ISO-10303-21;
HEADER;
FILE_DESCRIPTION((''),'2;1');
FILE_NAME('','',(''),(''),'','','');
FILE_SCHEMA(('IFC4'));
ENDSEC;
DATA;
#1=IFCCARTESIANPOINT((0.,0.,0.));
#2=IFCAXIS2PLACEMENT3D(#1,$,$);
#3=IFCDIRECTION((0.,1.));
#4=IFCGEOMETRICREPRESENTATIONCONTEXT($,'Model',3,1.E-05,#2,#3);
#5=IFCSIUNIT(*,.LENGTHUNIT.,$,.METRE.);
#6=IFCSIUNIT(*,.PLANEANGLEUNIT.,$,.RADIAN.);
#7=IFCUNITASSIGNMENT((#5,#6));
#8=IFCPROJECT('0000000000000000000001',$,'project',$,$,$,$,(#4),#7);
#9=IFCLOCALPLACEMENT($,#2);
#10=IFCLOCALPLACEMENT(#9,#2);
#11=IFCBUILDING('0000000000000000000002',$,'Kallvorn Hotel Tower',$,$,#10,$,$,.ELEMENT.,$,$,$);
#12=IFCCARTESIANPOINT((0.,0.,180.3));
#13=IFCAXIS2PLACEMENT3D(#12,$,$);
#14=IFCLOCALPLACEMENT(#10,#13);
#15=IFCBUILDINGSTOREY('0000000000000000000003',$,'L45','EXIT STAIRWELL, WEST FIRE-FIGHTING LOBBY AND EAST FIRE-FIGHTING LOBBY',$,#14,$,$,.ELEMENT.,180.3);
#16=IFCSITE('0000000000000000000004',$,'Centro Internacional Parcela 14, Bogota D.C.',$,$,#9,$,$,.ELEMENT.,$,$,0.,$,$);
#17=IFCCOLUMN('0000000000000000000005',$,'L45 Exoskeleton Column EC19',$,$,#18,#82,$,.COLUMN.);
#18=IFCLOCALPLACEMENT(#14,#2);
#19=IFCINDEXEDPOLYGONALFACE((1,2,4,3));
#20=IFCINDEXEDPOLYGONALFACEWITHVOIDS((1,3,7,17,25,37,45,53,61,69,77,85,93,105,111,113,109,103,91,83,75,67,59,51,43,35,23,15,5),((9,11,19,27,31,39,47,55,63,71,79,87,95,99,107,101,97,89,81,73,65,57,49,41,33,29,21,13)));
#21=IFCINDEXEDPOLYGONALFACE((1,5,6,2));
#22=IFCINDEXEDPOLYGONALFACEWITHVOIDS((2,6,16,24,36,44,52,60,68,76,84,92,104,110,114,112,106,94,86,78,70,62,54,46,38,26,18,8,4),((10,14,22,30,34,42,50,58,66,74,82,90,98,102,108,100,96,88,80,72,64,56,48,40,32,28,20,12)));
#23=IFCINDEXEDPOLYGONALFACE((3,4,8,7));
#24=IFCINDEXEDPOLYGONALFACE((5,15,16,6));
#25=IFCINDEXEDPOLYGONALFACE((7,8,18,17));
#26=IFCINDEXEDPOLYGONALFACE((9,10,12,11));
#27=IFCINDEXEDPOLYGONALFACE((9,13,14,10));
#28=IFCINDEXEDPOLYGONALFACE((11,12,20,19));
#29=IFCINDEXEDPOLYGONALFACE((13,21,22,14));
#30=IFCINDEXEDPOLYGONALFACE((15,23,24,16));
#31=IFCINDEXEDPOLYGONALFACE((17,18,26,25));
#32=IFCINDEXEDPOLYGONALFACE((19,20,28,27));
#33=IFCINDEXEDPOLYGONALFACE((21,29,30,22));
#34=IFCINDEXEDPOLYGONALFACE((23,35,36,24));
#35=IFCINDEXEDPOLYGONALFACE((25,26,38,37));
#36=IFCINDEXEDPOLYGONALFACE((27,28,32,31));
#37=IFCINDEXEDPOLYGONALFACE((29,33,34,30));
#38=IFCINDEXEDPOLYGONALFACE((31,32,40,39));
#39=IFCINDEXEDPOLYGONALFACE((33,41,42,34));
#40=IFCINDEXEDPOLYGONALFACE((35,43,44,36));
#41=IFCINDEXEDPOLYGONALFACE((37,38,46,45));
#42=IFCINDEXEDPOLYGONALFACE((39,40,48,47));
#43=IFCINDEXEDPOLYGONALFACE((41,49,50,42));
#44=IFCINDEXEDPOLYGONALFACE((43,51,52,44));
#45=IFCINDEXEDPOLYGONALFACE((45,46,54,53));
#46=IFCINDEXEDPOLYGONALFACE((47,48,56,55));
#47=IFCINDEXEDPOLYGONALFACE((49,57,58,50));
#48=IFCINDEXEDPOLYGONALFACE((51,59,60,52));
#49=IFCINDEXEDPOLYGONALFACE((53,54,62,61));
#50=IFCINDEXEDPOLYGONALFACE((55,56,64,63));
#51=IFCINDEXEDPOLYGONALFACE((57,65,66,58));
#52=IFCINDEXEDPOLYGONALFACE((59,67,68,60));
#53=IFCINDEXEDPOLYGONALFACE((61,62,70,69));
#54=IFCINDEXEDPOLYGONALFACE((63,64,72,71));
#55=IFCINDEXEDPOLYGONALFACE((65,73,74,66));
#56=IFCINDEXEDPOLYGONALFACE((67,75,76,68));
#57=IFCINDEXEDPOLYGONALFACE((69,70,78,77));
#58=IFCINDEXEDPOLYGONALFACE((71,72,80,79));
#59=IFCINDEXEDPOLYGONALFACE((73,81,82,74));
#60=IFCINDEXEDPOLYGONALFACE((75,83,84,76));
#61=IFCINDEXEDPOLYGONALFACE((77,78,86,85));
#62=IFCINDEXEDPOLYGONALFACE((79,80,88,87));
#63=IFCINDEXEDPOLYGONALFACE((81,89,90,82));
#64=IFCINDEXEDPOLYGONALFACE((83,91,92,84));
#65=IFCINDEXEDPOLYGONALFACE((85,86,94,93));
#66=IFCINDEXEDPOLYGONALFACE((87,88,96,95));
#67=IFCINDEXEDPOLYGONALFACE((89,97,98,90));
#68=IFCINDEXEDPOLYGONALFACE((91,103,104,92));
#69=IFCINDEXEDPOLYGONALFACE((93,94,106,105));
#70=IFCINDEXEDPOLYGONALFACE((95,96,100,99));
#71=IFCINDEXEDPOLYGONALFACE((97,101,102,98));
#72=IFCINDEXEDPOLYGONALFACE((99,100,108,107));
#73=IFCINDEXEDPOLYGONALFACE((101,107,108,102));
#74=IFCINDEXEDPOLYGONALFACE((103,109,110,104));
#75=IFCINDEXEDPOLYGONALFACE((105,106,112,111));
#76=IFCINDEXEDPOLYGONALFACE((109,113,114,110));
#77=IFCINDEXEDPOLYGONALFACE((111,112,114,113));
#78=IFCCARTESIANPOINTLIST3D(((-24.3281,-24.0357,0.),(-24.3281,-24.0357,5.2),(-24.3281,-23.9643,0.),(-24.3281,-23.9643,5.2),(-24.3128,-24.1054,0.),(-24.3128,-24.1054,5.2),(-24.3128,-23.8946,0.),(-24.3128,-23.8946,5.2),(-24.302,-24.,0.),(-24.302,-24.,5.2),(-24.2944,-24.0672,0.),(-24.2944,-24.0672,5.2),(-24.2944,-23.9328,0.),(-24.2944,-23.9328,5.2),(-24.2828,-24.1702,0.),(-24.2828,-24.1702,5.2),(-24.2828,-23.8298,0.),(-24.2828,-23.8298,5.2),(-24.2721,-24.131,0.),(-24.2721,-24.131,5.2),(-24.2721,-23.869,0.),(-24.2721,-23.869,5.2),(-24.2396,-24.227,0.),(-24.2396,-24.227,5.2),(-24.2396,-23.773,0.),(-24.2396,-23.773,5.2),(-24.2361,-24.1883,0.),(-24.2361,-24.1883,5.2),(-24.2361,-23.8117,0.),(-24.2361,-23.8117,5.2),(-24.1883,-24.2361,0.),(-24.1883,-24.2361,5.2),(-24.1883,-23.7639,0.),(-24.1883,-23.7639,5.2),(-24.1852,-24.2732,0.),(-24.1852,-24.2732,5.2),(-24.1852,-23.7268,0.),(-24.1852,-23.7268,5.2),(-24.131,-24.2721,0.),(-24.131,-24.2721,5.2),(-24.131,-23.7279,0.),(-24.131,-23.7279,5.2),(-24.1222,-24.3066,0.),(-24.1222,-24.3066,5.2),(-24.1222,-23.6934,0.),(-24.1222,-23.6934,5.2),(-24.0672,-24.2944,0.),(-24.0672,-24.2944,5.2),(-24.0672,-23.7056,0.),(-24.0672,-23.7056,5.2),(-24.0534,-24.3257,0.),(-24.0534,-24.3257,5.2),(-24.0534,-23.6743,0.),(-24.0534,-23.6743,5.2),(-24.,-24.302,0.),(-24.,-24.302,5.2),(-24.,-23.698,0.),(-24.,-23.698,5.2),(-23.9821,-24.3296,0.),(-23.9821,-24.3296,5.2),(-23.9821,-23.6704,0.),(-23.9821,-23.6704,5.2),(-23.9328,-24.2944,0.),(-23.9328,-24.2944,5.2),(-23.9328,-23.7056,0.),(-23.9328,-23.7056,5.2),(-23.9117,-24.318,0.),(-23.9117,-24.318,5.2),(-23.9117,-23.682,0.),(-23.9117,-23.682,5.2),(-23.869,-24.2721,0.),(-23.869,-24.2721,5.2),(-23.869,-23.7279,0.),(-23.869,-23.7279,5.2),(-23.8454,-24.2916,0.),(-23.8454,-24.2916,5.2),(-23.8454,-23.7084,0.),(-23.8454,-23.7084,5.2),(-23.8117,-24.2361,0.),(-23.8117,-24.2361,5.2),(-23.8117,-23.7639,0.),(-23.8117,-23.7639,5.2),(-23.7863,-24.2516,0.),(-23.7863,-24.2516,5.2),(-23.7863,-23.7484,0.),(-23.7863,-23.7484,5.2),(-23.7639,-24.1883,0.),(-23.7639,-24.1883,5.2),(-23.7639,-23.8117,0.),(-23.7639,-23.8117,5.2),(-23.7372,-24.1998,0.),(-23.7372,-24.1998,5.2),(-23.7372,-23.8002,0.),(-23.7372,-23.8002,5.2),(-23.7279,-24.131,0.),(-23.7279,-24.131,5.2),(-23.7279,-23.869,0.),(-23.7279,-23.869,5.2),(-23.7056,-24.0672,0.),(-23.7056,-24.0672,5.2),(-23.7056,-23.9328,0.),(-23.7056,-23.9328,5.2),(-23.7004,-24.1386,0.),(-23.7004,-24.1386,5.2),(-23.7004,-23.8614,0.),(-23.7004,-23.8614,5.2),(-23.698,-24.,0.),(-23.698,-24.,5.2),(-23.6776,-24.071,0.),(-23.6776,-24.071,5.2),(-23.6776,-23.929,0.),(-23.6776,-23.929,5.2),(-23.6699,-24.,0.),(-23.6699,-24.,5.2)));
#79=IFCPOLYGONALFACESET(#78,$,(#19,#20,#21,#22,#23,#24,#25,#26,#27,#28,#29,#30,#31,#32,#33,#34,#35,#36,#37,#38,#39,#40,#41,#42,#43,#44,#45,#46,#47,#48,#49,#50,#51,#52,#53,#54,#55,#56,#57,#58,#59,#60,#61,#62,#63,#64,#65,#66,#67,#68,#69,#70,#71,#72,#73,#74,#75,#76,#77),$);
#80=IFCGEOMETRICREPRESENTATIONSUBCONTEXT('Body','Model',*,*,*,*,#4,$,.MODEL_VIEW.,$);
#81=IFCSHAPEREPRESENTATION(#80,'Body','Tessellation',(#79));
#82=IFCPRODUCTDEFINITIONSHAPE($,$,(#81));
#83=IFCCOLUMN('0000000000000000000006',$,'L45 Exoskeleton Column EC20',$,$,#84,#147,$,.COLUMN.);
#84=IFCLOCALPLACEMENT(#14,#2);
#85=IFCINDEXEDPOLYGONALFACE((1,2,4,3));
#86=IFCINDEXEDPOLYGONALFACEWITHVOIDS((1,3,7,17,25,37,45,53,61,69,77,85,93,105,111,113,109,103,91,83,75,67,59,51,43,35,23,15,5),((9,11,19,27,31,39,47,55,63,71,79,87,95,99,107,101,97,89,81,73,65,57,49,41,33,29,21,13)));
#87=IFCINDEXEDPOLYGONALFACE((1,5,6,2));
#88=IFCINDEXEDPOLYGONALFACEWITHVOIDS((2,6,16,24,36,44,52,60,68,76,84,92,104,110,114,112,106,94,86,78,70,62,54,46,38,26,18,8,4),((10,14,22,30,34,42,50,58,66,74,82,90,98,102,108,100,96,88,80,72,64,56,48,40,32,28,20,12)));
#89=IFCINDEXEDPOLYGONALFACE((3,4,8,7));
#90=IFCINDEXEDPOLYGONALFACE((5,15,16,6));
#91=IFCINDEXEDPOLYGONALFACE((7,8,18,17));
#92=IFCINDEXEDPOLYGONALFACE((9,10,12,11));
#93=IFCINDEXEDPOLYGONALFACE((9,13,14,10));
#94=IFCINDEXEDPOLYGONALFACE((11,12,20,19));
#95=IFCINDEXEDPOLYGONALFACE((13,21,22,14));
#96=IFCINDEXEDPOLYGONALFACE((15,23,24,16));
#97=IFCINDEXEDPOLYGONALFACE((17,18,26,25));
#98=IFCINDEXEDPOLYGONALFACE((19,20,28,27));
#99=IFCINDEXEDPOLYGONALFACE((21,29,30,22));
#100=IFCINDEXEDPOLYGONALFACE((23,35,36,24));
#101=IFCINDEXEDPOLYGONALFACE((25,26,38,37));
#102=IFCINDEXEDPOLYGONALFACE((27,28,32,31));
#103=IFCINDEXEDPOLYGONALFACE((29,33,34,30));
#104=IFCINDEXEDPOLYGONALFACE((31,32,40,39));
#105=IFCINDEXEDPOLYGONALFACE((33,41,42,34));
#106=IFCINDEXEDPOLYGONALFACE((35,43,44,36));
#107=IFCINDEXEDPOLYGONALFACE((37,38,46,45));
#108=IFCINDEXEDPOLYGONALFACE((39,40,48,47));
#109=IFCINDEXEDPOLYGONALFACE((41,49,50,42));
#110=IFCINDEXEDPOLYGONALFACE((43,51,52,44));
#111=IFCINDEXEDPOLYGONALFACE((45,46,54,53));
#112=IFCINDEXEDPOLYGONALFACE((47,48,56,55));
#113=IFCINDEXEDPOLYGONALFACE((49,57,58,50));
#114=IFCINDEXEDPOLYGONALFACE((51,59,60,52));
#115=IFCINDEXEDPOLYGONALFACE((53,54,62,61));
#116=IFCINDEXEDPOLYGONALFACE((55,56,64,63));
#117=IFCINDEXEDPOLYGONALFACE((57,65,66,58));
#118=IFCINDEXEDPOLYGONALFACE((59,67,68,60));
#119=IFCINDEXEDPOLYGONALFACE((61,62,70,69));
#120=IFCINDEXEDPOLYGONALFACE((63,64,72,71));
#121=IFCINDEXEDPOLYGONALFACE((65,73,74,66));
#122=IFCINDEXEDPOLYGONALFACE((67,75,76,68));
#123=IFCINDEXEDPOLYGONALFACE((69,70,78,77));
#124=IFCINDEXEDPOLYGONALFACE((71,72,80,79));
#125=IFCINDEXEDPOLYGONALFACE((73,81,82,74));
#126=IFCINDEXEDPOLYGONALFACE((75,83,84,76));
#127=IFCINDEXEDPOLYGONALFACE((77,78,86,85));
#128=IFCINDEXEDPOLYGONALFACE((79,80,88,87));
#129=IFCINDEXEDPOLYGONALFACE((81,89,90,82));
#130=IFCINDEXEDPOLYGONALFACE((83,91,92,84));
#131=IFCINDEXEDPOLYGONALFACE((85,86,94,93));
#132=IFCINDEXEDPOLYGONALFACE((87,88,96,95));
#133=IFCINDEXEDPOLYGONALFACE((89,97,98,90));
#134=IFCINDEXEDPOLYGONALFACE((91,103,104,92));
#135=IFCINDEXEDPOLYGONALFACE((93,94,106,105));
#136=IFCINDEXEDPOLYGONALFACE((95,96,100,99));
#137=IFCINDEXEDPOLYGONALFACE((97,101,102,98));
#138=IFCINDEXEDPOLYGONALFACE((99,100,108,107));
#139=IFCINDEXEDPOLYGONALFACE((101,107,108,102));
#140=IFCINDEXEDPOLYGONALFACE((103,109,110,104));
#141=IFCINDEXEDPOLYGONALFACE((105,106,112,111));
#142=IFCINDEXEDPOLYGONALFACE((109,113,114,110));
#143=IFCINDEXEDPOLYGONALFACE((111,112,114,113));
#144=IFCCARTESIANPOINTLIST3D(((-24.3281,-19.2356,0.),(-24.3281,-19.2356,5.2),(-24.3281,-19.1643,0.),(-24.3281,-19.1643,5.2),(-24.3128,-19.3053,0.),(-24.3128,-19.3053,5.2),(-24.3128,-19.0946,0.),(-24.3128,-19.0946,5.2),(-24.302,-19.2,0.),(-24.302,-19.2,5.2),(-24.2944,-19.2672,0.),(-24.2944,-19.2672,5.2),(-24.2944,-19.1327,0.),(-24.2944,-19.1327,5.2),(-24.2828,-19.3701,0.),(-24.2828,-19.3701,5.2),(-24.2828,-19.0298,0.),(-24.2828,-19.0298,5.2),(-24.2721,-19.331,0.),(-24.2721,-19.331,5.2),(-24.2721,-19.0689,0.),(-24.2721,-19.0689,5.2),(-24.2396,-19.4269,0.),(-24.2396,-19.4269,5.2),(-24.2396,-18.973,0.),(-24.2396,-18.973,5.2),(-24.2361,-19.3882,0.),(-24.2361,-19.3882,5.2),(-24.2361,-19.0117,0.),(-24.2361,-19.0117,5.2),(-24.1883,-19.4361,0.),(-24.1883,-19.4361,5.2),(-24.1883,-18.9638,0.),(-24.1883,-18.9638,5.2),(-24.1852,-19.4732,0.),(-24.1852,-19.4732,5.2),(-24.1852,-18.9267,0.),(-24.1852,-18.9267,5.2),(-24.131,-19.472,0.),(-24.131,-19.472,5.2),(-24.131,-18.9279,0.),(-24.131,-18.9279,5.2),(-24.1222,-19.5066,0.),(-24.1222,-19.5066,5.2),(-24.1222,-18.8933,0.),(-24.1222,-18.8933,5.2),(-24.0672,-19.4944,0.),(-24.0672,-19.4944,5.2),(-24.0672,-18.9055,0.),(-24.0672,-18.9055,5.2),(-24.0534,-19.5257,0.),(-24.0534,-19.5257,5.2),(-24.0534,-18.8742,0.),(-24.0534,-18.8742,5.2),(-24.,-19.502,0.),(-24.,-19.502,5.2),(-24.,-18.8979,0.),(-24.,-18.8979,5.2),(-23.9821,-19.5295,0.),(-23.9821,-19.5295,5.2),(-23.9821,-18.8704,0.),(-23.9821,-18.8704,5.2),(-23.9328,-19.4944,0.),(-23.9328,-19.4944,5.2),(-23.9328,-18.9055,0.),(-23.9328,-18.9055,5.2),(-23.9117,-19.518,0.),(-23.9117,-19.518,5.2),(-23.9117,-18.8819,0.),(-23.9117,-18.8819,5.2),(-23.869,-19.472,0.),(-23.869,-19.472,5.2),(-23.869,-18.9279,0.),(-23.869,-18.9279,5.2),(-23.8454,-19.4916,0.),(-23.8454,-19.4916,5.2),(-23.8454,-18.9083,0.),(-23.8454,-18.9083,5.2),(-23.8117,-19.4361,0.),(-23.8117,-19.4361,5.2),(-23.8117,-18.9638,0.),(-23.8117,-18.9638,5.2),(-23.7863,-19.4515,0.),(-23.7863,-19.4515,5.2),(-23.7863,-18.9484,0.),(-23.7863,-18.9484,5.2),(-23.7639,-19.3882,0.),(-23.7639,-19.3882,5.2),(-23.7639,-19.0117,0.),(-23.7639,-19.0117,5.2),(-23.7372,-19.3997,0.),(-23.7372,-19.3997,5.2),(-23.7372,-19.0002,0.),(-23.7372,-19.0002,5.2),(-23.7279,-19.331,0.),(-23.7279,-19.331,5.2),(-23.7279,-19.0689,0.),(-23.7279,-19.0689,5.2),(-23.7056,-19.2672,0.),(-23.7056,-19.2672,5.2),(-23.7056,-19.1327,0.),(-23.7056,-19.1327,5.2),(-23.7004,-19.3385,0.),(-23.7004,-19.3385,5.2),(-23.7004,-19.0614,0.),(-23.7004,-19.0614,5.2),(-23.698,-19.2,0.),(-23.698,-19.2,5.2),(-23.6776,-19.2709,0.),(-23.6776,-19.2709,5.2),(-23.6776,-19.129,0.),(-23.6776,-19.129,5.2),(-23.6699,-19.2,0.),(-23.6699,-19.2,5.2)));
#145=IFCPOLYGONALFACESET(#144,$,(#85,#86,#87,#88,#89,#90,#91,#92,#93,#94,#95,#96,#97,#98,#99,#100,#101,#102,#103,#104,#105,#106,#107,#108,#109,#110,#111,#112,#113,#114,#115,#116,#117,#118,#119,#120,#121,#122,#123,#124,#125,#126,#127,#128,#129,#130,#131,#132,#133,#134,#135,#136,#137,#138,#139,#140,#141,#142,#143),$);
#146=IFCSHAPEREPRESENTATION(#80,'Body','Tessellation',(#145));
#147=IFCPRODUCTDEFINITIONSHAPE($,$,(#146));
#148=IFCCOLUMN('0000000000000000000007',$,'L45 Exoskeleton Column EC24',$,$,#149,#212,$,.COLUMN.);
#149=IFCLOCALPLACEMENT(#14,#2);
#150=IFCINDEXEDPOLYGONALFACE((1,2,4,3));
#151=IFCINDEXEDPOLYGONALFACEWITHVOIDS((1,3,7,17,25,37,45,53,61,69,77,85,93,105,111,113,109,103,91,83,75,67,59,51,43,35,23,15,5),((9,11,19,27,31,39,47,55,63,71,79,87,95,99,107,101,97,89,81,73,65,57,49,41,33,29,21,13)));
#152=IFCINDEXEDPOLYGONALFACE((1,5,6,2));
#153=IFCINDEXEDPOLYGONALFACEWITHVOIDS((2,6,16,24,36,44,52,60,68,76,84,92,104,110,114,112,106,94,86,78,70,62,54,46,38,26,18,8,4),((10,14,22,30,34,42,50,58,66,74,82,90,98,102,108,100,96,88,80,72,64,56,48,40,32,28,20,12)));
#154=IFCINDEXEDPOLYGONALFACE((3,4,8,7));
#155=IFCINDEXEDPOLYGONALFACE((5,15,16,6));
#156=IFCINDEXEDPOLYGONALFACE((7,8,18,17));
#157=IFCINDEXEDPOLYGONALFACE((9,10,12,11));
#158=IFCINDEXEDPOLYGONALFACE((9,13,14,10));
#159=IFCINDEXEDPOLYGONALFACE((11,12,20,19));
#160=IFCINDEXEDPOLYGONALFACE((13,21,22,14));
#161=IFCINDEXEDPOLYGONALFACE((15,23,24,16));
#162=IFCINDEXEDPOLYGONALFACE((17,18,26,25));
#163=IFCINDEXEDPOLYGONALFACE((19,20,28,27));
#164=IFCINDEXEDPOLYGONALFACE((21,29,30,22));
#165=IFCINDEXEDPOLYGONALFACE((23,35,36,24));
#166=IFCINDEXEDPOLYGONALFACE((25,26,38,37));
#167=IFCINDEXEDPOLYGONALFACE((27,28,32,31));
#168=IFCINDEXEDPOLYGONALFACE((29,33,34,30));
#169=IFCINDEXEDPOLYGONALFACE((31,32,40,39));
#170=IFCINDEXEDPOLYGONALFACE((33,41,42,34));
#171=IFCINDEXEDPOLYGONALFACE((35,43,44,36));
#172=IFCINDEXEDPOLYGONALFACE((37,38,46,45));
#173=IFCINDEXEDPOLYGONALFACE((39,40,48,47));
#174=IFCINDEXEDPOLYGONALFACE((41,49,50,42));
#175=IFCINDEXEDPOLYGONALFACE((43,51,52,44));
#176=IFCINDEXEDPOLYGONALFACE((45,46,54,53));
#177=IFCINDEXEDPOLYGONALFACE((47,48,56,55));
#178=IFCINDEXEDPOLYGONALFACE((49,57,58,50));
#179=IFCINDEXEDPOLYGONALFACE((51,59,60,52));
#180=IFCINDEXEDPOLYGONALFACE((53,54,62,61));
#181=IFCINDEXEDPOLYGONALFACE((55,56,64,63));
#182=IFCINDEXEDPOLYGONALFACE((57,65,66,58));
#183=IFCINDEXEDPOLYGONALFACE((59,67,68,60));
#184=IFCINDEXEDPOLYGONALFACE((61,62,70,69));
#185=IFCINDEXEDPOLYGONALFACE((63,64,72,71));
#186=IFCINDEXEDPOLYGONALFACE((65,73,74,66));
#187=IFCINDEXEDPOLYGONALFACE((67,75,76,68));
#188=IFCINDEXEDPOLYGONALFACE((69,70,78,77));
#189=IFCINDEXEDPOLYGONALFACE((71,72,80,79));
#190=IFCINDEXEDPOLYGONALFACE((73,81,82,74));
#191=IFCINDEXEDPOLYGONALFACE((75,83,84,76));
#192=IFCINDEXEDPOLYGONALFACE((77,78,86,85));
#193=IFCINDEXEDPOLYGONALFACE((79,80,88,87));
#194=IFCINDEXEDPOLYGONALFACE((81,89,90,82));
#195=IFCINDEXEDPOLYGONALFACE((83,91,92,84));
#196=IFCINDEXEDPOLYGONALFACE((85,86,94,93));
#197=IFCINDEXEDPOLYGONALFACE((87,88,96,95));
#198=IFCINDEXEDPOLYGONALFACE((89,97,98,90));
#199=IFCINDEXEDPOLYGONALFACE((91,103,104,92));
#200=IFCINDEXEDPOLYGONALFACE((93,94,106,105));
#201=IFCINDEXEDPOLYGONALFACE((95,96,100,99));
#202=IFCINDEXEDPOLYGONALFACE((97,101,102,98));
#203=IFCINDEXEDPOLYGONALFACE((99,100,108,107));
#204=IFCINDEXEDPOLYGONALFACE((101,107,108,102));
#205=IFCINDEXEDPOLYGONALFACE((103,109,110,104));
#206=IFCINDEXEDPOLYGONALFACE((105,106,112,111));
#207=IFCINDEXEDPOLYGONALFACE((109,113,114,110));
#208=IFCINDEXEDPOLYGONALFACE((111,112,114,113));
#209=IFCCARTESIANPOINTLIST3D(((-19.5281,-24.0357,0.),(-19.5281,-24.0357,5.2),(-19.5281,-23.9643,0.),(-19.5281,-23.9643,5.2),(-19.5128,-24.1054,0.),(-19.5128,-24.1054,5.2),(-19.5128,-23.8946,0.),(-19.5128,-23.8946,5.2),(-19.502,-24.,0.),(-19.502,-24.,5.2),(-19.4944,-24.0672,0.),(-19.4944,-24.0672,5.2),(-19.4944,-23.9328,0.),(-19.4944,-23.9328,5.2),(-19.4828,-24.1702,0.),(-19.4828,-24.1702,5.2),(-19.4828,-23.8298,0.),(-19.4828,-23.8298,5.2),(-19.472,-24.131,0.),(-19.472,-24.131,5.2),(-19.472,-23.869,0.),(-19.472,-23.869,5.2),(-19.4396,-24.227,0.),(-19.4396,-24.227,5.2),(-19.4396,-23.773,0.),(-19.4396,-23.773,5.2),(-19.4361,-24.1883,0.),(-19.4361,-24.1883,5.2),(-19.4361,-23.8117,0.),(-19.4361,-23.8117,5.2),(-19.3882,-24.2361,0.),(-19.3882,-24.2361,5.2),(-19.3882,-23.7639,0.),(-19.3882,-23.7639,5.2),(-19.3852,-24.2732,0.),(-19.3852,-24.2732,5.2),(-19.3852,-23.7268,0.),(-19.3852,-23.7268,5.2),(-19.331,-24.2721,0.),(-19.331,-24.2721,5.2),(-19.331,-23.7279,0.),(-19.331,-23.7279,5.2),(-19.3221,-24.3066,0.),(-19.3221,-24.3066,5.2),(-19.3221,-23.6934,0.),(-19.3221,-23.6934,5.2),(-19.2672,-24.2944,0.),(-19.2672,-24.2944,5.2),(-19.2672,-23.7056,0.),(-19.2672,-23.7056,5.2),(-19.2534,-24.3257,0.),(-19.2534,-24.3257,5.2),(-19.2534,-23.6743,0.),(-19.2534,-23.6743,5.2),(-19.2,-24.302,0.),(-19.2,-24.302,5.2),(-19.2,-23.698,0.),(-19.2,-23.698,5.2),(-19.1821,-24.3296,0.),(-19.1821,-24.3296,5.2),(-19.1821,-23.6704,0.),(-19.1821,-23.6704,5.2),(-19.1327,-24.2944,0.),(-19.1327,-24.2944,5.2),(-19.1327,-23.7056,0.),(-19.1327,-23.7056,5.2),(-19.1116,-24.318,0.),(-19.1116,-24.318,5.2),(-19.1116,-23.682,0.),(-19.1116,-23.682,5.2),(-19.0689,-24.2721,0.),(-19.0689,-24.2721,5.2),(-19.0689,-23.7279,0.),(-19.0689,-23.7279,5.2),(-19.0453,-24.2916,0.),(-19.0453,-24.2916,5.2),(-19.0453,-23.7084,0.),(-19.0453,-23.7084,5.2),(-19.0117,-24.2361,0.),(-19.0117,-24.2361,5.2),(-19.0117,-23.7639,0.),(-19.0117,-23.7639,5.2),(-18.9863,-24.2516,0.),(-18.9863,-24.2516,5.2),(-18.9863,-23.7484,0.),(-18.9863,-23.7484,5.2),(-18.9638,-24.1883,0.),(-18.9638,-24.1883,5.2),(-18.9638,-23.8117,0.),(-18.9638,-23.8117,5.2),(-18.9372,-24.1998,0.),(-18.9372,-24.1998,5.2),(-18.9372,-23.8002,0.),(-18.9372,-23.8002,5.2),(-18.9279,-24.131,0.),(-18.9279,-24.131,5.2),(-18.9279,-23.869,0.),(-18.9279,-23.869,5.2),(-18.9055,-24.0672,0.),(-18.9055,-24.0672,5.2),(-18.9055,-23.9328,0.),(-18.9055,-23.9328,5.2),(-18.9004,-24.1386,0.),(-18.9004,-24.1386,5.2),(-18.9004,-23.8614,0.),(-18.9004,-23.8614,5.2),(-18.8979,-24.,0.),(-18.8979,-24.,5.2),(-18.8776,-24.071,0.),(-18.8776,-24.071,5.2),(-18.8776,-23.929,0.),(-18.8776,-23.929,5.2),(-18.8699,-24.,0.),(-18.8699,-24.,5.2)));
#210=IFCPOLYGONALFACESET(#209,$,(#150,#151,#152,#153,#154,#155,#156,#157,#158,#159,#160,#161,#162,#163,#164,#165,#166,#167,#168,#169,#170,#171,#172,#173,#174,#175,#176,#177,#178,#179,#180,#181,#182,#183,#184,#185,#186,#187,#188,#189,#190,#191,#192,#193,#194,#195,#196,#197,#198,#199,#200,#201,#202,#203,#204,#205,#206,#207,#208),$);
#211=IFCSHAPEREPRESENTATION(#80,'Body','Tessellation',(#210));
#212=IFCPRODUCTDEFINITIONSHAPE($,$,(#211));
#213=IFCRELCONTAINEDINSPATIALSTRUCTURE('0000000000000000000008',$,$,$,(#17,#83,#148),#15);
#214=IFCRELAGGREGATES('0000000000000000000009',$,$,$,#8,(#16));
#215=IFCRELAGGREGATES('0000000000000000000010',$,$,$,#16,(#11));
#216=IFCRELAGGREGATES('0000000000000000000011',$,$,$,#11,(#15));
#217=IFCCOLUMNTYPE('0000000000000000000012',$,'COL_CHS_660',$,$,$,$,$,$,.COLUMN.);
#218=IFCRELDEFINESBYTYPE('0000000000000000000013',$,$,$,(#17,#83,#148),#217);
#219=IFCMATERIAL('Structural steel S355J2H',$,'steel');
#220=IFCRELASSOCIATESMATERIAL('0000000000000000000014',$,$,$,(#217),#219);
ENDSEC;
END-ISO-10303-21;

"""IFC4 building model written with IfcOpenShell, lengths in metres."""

from ifc_helpers import new_model, si_unit, direction, frame, origin, origin_2d, place, context, subcontext, project, spatial, hollow_circle, extrude, material, material_profile, profile_set, type_object, element, save


model = new_model("IFC4")

# Units and contexts
model_context = context("Model", 3, precision=1e-05, world=origin(), true_north=direction((0.0, 1.0)))
body_context = subcontext(model_context, "Body", "Model", "MODEL_VIEW")
ifc_project = project(units=[si_unit("LENGTHUNIT", "METRE"), si_unit("PLANEANGLEUNIT", "RADIAN")], contexts=[model_context])

# Site, building, storey
site_placement = place(None, origin())
site = spatial("IfcSite", under=ifc_project, at=site_placement, Name="Centro Internacional Parcela 14, Bogota D.C.", CompositionType="ELEMENT", RefElevation=0.0)
building_placement = place(site_placement, origin())
building = spatial("IfcBuilding", under=site, at=building_placement, Name="Kallvorn Hotel Tower", CompositionType="ELEMENT")
storey_placement = place(building_placement, frame((0.0, 0.0, 180.3)))
storey = spatial("IfcBuildingStorey", under=building, at=storey_placement, Name="L45", Description="EXIT STAIRWELL, WEST FIRE-FIGHTING LOBBY AND EAST FIRE-FIGHTING LOBBY", CompositionType="ELEMENT", Elevation=180.3)

# Columns
ifc_material_1 = material(Name="Structural steel S355J2H", Category="steel")
ifc_material_profile_1 = material_profile(ifc_material_1, hollow_circle(Radius=0.3301, WallThickness=0.0281, at=origin_2d()), Name="CHS 660x28")
ifc_profile_set_1 = profile_set([ifc_material_profile_1], Name="Structural steel S355J2H")
column_type = type_object("IfcColumnType", Name="COL_CHS_660", PredefinedType="COLUMN", material=ifc_profile_set_1)
for number, where, z_axis, x_axis, name in (
    (1, (-24.0, -24.0, 0.0), (0.0, 0.0, 1.0), (1.0, 0.0, 0.0), "L45 Exoskeleton Column EC19"),
    (2, (-24.0, -19.2, 0.0), (0.0, 0.0, 1.0), (1.0, 0.0, 0.0), "L45 Exoskeleton Column EC20"),
    (3, (-19.2, -24.0, 0.0), (0.0, 0.0, 1.0), (1.0, 0.0, 0.0), "L45 Exoskeleton Column EC24"),
):
    element("IfcColumn", number, at=place(storey_placement, frame(where, z_axis=z_axis, x_axis=x_axis)), inside=storey, type_object=column_type, Name=name, PredefinedType="COLUMN", context=body_context, shape_type="SweptSolid", body=[
        extrude(hollow_circle(Radius=0.3301, WallThickness=0.0281, at=origin_2d()), origin(), (0.0, 0.0, 1.0), 5.2),
    ])

save(model, "model.ifc")
